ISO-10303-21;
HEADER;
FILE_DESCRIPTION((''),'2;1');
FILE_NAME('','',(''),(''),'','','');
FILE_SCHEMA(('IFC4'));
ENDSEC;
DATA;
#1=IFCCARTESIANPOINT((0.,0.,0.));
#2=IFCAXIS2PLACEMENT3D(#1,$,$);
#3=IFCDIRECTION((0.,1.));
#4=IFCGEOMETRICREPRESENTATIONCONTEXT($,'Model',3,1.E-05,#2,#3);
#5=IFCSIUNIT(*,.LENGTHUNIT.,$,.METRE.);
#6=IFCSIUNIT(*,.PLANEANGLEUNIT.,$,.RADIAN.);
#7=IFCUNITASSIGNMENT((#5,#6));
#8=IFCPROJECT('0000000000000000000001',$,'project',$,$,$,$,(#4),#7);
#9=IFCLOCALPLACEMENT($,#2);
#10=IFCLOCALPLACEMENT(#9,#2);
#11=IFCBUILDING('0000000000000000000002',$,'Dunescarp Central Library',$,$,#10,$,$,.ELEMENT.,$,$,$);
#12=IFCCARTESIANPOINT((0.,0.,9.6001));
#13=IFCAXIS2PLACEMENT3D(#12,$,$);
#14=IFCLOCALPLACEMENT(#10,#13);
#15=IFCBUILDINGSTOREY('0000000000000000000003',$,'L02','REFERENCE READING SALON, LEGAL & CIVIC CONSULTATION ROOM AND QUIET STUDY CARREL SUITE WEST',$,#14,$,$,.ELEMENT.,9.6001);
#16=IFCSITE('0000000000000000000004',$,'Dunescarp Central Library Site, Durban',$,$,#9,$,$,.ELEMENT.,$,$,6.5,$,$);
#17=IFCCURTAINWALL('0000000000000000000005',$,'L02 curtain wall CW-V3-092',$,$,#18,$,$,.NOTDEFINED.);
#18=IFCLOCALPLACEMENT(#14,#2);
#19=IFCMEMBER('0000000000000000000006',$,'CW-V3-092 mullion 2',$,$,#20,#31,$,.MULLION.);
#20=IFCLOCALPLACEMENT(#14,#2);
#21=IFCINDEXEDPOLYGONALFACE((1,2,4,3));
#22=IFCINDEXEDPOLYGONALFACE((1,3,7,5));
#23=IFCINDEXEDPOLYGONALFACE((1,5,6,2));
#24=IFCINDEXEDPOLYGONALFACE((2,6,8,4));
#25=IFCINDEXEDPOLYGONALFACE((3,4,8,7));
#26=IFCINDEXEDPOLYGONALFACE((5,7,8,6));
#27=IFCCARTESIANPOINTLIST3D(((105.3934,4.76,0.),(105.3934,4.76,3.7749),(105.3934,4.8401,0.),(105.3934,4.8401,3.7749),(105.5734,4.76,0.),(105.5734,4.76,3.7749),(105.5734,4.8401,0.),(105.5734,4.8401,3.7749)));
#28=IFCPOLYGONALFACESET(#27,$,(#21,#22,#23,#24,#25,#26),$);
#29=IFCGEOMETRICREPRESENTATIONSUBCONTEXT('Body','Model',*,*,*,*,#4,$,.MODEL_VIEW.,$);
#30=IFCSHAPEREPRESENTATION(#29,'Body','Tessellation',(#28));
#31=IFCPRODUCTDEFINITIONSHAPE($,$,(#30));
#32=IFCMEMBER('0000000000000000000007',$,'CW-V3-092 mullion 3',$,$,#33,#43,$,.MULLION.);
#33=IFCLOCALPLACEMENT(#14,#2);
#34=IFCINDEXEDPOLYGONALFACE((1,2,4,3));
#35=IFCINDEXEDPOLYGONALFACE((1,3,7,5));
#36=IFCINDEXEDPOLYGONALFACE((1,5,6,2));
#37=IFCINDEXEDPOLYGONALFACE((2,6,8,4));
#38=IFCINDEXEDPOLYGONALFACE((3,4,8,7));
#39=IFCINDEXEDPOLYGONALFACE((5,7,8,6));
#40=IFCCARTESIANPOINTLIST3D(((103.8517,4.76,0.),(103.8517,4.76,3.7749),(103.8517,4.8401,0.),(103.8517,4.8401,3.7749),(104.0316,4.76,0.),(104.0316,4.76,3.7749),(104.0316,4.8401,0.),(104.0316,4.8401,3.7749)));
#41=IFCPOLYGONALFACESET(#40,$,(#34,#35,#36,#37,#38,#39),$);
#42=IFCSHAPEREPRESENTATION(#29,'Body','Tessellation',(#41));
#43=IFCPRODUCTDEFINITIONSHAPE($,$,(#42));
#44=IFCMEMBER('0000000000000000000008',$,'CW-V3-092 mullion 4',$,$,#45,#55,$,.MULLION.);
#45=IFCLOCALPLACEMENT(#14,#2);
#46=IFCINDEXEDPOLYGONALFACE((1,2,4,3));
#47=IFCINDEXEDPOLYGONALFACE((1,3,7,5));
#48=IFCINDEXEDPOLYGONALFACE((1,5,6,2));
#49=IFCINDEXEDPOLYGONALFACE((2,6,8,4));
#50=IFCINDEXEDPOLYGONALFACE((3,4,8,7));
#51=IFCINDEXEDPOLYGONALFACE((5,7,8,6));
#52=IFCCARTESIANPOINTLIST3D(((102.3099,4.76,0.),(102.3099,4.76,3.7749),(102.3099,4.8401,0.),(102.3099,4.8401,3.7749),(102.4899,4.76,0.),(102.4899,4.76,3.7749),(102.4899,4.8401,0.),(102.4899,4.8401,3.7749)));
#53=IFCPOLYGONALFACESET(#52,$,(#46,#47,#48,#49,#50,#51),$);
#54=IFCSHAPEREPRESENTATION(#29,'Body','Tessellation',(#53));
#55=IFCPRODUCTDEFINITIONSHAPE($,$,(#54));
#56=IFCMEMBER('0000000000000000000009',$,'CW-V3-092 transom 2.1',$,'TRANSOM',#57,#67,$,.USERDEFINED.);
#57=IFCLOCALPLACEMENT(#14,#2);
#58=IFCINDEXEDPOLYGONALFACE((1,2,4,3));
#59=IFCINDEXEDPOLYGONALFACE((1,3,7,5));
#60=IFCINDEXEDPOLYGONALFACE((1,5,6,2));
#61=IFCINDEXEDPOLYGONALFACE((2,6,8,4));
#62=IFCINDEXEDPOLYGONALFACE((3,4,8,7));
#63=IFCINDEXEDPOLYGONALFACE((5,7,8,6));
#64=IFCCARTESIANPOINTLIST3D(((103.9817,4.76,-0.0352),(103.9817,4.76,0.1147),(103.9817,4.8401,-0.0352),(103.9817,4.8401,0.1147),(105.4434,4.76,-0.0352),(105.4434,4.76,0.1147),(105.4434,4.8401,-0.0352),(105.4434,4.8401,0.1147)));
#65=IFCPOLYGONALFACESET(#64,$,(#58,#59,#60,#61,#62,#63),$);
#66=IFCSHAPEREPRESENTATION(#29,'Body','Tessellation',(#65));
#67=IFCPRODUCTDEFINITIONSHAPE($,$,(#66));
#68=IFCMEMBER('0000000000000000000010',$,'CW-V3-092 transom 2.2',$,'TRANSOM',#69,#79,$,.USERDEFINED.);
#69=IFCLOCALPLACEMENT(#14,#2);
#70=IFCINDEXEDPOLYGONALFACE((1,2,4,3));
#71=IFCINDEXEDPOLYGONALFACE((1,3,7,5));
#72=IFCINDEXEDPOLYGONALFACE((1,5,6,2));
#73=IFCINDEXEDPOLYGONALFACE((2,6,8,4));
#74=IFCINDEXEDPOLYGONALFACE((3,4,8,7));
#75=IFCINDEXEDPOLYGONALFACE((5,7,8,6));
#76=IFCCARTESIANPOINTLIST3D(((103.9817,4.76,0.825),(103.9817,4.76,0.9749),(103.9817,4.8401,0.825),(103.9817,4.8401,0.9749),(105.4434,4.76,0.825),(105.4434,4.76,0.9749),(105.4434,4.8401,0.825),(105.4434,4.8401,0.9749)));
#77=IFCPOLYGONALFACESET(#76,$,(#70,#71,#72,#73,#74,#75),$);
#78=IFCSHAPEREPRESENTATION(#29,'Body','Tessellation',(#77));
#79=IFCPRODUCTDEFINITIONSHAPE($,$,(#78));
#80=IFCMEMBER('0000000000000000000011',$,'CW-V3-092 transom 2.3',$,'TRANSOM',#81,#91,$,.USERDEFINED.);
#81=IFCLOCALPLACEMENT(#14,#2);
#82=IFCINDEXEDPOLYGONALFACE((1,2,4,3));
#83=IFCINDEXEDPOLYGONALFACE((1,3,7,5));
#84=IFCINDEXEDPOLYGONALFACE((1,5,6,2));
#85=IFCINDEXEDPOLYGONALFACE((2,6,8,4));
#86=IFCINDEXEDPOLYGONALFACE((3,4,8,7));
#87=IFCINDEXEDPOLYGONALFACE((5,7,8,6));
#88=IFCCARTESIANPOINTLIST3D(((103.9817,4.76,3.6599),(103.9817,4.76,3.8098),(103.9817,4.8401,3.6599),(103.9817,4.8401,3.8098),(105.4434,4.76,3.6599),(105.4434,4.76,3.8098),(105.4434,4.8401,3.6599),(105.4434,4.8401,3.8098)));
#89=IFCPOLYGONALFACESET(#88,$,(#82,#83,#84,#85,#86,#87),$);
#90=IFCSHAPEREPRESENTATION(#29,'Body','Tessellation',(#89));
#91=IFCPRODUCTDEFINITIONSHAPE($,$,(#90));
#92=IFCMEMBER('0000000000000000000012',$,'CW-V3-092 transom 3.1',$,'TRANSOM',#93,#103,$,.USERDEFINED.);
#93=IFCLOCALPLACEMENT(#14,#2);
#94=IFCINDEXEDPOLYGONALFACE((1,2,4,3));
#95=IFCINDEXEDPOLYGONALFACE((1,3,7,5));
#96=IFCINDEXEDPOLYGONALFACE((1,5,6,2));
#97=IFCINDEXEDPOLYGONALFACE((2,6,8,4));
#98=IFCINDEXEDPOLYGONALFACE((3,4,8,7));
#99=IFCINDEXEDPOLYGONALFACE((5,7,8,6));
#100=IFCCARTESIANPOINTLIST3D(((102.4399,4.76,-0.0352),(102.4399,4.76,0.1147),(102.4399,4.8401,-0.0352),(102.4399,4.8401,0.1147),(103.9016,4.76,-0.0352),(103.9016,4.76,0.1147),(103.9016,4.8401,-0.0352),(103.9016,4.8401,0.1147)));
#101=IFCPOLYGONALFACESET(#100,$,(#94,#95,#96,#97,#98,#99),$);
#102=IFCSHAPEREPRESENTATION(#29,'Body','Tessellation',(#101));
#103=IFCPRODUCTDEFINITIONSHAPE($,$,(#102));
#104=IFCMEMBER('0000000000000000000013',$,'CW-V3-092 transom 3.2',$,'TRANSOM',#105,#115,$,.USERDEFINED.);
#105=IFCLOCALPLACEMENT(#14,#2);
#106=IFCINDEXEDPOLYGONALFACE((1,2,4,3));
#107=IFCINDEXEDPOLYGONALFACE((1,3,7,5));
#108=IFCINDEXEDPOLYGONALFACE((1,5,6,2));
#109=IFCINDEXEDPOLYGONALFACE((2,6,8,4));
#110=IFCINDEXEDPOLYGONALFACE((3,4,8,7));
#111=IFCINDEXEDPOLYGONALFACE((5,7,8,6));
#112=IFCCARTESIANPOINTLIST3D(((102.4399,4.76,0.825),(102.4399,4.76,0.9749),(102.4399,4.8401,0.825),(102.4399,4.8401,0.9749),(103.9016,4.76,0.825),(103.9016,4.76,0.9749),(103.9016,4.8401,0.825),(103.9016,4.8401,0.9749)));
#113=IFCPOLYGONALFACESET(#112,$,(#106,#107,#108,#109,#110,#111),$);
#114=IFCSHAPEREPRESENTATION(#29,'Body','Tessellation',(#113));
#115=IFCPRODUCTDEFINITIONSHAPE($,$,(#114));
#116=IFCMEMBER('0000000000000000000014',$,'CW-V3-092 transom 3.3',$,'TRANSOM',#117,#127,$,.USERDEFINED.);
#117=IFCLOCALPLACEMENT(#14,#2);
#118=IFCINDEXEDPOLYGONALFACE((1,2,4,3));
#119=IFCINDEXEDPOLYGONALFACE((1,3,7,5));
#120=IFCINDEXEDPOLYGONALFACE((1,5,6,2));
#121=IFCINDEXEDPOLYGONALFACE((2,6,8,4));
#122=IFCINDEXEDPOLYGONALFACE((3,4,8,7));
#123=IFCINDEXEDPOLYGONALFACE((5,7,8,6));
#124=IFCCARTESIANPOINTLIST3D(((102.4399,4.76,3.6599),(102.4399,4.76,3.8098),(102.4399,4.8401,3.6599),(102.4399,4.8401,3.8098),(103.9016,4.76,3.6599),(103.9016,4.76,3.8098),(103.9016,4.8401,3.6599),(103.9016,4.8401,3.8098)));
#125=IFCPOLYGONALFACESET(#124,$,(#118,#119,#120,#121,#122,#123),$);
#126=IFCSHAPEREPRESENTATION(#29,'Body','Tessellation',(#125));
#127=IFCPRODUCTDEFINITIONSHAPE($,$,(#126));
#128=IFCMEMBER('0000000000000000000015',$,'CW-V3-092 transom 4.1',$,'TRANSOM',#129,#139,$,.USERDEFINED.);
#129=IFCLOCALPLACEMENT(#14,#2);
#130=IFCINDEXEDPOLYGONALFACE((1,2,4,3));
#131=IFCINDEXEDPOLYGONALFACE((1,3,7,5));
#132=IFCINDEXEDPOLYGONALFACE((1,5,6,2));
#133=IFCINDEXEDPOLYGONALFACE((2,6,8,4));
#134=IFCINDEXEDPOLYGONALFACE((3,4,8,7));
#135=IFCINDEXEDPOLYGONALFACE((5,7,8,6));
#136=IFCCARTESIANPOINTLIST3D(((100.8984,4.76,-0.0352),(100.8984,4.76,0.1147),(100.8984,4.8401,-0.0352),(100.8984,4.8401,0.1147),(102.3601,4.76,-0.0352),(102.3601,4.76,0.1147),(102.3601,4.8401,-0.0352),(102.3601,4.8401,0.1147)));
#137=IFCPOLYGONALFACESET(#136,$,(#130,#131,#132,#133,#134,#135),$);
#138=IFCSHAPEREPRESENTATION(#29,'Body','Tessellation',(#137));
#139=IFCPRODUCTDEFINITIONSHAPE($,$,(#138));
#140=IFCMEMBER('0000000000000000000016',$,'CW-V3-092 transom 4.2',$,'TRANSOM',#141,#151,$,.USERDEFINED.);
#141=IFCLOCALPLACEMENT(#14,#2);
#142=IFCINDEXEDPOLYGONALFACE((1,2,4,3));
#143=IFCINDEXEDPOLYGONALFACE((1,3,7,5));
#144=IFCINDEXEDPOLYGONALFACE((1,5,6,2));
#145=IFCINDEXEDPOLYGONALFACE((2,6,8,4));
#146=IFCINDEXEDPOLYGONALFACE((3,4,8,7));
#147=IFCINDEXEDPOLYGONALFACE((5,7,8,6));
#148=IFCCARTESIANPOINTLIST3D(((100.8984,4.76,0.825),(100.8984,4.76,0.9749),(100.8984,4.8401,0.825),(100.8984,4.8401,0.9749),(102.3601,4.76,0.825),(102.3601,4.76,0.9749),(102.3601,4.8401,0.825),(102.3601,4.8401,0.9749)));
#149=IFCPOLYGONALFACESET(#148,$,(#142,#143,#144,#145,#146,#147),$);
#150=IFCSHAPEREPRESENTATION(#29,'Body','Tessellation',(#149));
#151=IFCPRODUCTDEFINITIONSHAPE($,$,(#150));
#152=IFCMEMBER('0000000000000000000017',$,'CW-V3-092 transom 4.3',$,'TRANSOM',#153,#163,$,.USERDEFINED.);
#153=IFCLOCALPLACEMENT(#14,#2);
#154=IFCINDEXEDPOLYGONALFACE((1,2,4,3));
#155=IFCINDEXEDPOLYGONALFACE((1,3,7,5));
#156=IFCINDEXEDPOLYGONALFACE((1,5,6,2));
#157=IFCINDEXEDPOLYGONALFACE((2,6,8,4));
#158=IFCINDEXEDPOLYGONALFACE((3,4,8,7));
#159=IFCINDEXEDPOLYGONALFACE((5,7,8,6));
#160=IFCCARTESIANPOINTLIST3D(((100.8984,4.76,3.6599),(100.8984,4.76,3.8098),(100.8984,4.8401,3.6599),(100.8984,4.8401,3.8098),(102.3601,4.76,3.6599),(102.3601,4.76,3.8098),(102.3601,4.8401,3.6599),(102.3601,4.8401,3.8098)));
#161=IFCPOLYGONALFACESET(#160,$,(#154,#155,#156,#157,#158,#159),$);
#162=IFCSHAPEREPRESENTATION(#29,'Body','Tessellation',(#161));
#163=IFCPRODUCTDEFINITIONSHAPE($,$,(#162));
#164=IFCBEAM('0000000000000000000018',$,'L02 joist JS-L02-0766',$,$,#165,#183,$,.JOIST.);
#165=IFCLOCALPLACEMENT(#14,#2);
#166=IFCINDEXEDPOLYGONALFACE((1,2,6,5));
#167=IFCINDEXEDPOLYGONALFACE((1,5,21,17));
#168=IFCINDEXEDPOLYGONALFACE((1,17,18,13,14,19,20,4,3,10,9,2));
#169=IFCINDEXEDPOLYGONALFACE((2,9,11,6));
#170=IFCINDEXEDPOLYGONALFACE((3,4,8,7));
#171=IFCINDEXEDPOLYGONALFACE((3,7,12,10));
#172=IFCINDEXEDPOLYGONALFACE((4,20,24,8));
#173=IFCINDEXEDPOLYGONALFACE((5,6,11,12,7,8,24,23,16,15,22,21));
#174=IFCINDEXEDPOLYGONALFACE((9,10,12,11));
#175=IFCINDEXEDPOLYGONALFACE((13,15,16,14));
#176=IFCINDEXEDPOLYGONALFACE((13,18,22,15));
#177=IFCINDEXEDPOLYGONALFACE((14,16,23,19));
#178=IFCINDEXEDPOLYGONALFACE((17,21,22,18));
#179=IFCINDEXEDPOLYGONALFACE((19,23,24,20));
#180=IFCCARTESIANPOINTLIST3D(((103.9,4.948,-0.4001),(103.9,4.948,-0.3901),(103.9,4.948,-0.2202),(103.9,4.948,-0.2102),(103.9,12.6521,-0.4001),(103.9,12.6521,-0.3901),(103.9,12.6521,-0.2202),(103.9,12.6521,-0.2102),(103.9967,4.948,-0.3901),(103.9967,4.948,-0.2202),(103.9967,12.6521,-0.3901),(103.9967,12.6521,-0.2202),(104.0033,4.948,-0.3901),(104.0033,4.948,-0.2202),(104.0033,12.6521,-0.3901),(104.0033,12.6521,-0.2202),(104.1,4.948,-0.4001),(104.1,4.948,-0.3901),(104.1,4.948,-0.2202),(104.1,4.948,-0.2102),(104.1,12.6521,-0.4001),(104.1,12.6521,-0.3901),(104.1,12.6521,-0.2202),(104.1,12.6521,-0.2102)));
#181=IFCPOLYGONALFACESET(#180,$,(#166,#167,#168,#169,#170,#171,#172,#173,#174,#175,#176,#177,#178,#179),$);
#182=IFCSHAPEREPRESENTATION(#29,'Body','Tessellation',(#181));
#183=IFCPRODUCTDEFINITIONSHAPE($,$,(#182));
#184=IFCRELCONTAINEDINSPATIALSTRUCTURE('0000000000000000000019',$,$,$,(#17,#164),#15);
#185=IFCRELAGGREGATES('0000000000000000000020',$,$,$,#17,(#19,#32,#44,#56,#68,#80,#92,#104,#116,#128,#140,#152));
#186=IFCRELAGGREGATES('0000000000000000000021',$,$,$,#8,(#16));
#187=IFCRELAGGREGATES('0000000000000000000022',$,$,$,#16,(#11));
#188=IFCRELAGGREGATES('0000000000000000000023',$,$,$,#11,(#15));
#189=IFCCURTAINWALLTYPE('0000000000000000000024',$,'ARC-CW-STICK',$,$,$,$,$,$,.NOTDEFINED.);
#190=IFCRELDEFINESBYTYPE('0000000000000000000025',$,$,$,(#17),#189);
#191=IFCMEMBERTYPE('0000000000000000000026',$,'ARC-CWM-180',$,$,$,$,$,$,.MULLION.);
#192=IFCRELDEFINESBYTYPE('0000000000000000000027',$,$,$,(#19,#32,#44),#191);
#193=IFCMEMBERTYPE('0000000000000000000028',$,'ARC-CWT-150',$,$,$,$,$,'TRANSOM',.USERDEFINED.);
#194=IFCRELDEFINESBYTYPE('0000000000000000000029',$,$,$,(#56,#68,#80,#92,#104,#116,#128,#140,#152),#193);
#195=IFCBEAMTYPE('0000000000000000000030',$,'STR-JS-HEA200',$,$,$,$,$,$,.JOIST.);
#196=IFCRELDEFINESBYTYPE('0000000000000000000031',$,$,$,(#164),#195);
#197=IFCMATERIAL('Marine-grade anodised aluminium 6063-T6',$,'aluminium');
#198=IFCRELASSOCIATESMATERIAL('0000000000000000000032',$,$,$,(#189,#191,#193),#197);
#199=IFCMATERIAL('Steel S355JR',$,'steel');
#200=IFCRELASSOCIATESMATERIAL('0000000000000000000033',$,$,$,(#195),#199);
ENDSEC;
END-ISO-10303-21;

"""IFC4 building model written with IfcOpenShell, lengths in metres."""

from ifc_helpers import new_model, si_unit, direction, frame, origin, origin_2d, place, context, subcontext, project, spatial, rectangle, i_section, extrude, material, material_profile, profile_set, type_object, element, aggregate, save


model = new_model("IFC4")

# Units and contexts
model_context = context("Model", 3, precision=1e-05, world=origin(), true_north=direction((0.0, 1.0)))
body_context = subcontext(model_context, "Body", "Model", "MODEL_VIEW")
ifc_project = project(units=[si_unit("LENGTHUNIT", "METRE"), si_unit("PLANEANGLEUNIT", "RADIAN")], contexts=[model_context])

# Site, building, storey
site_placement = place(None, origin())
site = spatial("IfcSite", under=ifc_project, at=site_placement, Name="Dunescarp Central Library Site, Durban", CompositionType="ELEMENT", RefElevation=6.5)
building_placement = place(site_placement, origin())
building = spatial("IfcBuilding", under=site, at=building_placement, Name="Dunescarp Central Library", CompositionType="ELEMENT")
storey_placement = place(building_placement, frame((0.0, 0.0, 9.6001)))
storey = spatial("IfcBuildingStorey", under=building, at=storey_placement, Name="L02", Description="REFERENCE READING SALON, LEGAL & CIVIC CONSULTATION ROOM AND QUIET STUDY CARREL SUITE WEST", CompositionType="ELEMENT", Elevation=9.6001)

# Curtain wall, members
ifc_material_1 = material(Name="Marine-grade anodised aluminium 6063-T6", Category="aluminium")
curtain_wall_type = type_object("IfcCurtainWallType", Name="ARC-CW-STICK", PredefinedType="NOTDEFINED", material=ifc_material_1)
curtain_wall_placement = place(storey_placement, origin())
curtain_wall = element("IfcCurtainWall", 1, at=curtain_wall_placement, inside=storey, type_object=curtain_wall_type, Name="L02 curtain wall CW-V3-092", PredefinedType="NOTDEFINED")
ifc_material_profile_1 = material_profile(ifc_material_1, rectangle(XDim=0.0801, YDim=0.1799, at=origin_2d()), Name="AL 80x180")
ifc_profile_set_1 = profile_set([ifc_material_profile_1], Name="Marine-grade anodised aluminium 6063-T6")
member_type_1 = type_object("IfcMemberType", Name="ARC-CWM-180", PredefinedType="MULLION", material=ifc_profile_set_1)
member_1_placement = place(storey_placement, frame((105.4834, 4.8, 0.0), z_axis=(0.0, 0.0, 1.0), x_axis=(0.0, -1.0, 0.0)))
member_1 = element("IfcMember", 2, at=member_1_placement, type_object=member_type_1, Name="CW-V3-092 mullion 2", PredefinedType="MULLION", context=body_context, shape_type="SweptSolid", body=[
    extrude(rectangle(XDim=0.0801, YDim=0.1799, at=origin_2d()), origin(), (0.0, 0.0, 1.0), 3.7749),
])
member_2_placement = place(storey_placement, frame((103.9417, 4.8, 0.0), z_axis=(0.0, 0.0, 1.0), x_axis=(0.0, -1.0, 0.0)))
member_2 = element("IfcMember", 3, at=member_2_placement, type_object=member_type_1, Name="CW-V3-092 mullion 3", PredefinedType="MULLION", context=body_context, shape_type="SweptSolid", body=[
    extrude(rectangle(XDim=0.0801, YDim=0.1799, at=origin_2d()), origin(), (0.0, 0.0, 1.0), 3.7749),
])
member_3_placement = place(storey_placement, frame((102.3999, 4.8, 0.0), z_axis=(0.0, 0.0, 1.0), x_axis=(0.0, -1.0, 0.0)))
member_3 = element("IfcMember", 4, at=member_3_placement, type_object=member_type_1, Name="CW-V3-092 mullion 4", PredefinedType="MULLION", context=body_context, shape_type="SweptSolid", body=[
    extrude(rectangle(XDim=0.0801, YDim=0.1799, at=origin_2d()), origin(), (0.0, 0.0, 1.0), 3.7749),
])
ifc_material_profile_2 = material_profile(ifc_material_1, rectangle(XDim=0.0801, YDim=0.1499, at=origin_2d()), Name="AL 80x150")
ifc_profile_set_2 = profile_set([ifc_material_profile_2], Name="Marine-grade anodised aluminium 6063-T6")
member_type_2 = type_object("IfcMemberType", Name="ARC-CWT-150", ElementType="TRANSOM", PredefinedType="USERDEFINED", material=ifc_profile_set_2)
member_4_placement = place(storey_placement, frame((105.4434, 4.8, 0.0398), z_axis=(-1.0, 0.0, 0.0), x_axis=(0.0, -1.0, 0.0)))
member_4 = element("IfcMember", 5, at=member_4_placement, type_object=member_type_2, Name="CW-V3-092 transom 2.1", ObjectType="TRANSOM", PredefinedType="USERDEFINED", context=body_context, shape_type="SweptSolid", body=[
    extrude(rectangle(XDim=0.0801, YDim=0.1499, at=origin_2d()), origin(), (0.0, 0.0, 1.0), 1.4617),
])
member_5_placement = place(storey_placement, frame((105.4434, 4.8, 0.8999), z_axis=(-1.0, 0.0, 0.0), x_axis=(0.0, -1.0, 0.0)))
member_5 = element("IfcMember", 6, at=member_5_placement, type_object=member_type_2, Name="CW-V3-092 transom 2.2", ObjectType="TRANSOM", PredefinedType="USERDEFINED", context=body_context, shape_type="SweptSolid", body=[
    extrude(rectangle(XDim=0.0801, YDim=0.1499, at=origin_2d()), origin(), (0.0, 0.0, 1.0), 1.4617),
])
member_6_placement = place(storey_placement, frame((105.4434, 4.8, 3.7349), z_axis=(-1.0, 0.0, 0.0), x_axis=(0.0, -1.0, 0.0)))
member_6 = element("IfcMember", 7, at=member_6_placement, type_object=member_type_2, Name="CW-V3-092 transom 2.3", ObjectType="TRANSOM", PredefinedType="USERDEFINED", context=body_context, shape_type="SweptSolid", body=[
    extrude(rectangle(XDim=0.0801, YDim=0.1499, at=origin_2d()), origin(), (0.0, 0.0, 1.0), 1.4617),
])
member_7_placement = place(storey_placement, frame((103.9016, 4.8, 0.0398), z_axis=(-1.0, 0.0, 0.0), x_axis=(0.0, -1.0, 0.0)))
member_7 = element("IfcMember", 8, at=member_7_placement, type_object=member_type_2, Name="CW-V3-092 transom 3.1", ObjectType="TRANSOM", PredefinedType="USERDEFINED", context=body_context, shape_type="SweptSolid", body=[
    extrude(rectangle(XDim=0.0801, YDim=0.1499, at=origin_2d()), origin(), (0.0, 0.0, 1.0), 1.4617),
])
member_8_placement = place(storey_placement, frame((103.9016, 4.8, 0.8999), z_axis=(-1.0, 0.0, 0.0), x_axis=(0.0, -1.0, 0.0)))
member_8 = element("IfcMember", 9, at=member_8_placement, type_object=member_type_2, Name="CW-V3-092 transom 3.2", ObjectType="TRANSOM", PredefinedType="USERDEFINED", context=body_context, shape_type="SweptSolid", body=[
    extrude(rectangle(XDim=0.0801, YDim=0.1499, at=origin_2d()), origin(), (0.0, 0.0, 1.0), 1.4617),
])
member_9_placement = place(storey_placement, frame((103.9016, 4.8, 3.7349), z_axis=(-1.0, 0.0, 0.0), x_axis=(0.0, -1.0, 0.0)))
member_9 = element("IfcMember", 10, at=member_9_placement, type_object=member_type_2, Name="CW-V3-092 transom 3.3", ObjectType="TRANSOM", PredefinedType="USERDEFINED", context=body_context, shape_type="SweptSolid", body=[
    extrude(rectangle(XDim=0.0801, YDim=0.1499, at=origin_2d()), origin(), (0.0, 0.0, 1.0), 1.4617),
])
member_10_placement = place(storey_placement, frame((102.3601, 4.8, 0.0398), z_axis=(-1.0, 0.0, 0.0), x_axis=(0.0, -1.0, 0.0)))
member_10 = element("IfcMember", 11, at=member_10_placement, type_object=member_type_2, Name="CW-V3-092 transom 4.1", ObjectType="TRANSOM", PredefinedType="USERDEFINED", context=body_context, shape_type="SweptSolid", body=[
    extrude(rectangle(XDim=0.0801, YDim=0.1499, at=origin_2d()), origin(), (0.0, 0.0, 1.0), 1.4617),
])
member_11_placement = place(storey_placement, frame((102.3601, 4.8, 0.8999), z_axis=(-1.0, 0.0, 0.0), x_axis=(0.0, -1.0, 0.0)))
member_11 = element("IfcMember", 12, at=member_11_placement, type_object=member_type_2, Name="CW-V3-092 transom 4.2", ObjectType="TRANSOM", PredefinedType="USERDEFINED", context=body_context, shape_type="SweptSolid", body=[
    extrude(rectangle(XDim=0.0801, YDim=0.1499, at=origin_2d()), origin(), (0.0, 0.0, 1.0), 1.4617),
])
member_12_placement = place(storey_placement, frame((102.3601, 4.8, 3.7349), z_axis=(-1.0, 0.0, 0.0), x_axis=(0.0, -1.0, 0.0)))
member_12 = element("IfcMember", 13, at=member_12_placement, type_object=member_type_2, Name="CW-V3-092 transom 4.3", ObjectType="TRANSOM", PredefinedType="USERDEFINED", context=body_context, shape_type="SweptSolid", body=[
    extrude(rectangle(XDim=0.0801, YDim=0.1499, at=origin_2d()), origin(), (0.0, 0.0, 1.0), 1.4617),
])

# Beam
ifc_material_2 = material(Name="Steel S355JR", Category="steel")
ifc_material_profile_3 = material_profile(ifc_material_2, i_section(OverallWidth=0.2, OverallDepth=0.1899, WebThickness=0.0066, FlangeThickness=0.01, at=origin_2d()), Name="HEA 200")
ifc_profile_set_3 = profile_set([ifc_material_profile_3], Name="Steel S355JR")
beam_type = type_object("IfcBeamType", Name="STR-JS-HEA200", PredefinedType="JOIST", material=ifc_profile_set_3)
beam_placement = place(storey_placement, frame((104.0, 4.948, -0.3052), z_axis=(0.0, 1.0, 0.0), x_axis=(-1.0, 0.0, 0.0)))
element("IfcBeam", 14, at=beam_placement, inside=storey, type_object=beam_type, Name="L02 joist JS-L02-0766", PredefinedType="JOIST", context=body_context, shape_type="SweptSolid", body=[
    extrude(i_section(OverallWidth=0.2, OverallDepth=0.1899, WebThickness=0.0066, FlangeThickness=0.01, at=origin_2d()), origin(), (0.0, 0.0, 1.0), 7.7041),
])

aggregate(curtain_wall, [member_1, member_2, member_3, member_4, member_5, member_6, member_7, member_8, member_9, member_10, member_11, member_12])

save(model, "model.ifc")
